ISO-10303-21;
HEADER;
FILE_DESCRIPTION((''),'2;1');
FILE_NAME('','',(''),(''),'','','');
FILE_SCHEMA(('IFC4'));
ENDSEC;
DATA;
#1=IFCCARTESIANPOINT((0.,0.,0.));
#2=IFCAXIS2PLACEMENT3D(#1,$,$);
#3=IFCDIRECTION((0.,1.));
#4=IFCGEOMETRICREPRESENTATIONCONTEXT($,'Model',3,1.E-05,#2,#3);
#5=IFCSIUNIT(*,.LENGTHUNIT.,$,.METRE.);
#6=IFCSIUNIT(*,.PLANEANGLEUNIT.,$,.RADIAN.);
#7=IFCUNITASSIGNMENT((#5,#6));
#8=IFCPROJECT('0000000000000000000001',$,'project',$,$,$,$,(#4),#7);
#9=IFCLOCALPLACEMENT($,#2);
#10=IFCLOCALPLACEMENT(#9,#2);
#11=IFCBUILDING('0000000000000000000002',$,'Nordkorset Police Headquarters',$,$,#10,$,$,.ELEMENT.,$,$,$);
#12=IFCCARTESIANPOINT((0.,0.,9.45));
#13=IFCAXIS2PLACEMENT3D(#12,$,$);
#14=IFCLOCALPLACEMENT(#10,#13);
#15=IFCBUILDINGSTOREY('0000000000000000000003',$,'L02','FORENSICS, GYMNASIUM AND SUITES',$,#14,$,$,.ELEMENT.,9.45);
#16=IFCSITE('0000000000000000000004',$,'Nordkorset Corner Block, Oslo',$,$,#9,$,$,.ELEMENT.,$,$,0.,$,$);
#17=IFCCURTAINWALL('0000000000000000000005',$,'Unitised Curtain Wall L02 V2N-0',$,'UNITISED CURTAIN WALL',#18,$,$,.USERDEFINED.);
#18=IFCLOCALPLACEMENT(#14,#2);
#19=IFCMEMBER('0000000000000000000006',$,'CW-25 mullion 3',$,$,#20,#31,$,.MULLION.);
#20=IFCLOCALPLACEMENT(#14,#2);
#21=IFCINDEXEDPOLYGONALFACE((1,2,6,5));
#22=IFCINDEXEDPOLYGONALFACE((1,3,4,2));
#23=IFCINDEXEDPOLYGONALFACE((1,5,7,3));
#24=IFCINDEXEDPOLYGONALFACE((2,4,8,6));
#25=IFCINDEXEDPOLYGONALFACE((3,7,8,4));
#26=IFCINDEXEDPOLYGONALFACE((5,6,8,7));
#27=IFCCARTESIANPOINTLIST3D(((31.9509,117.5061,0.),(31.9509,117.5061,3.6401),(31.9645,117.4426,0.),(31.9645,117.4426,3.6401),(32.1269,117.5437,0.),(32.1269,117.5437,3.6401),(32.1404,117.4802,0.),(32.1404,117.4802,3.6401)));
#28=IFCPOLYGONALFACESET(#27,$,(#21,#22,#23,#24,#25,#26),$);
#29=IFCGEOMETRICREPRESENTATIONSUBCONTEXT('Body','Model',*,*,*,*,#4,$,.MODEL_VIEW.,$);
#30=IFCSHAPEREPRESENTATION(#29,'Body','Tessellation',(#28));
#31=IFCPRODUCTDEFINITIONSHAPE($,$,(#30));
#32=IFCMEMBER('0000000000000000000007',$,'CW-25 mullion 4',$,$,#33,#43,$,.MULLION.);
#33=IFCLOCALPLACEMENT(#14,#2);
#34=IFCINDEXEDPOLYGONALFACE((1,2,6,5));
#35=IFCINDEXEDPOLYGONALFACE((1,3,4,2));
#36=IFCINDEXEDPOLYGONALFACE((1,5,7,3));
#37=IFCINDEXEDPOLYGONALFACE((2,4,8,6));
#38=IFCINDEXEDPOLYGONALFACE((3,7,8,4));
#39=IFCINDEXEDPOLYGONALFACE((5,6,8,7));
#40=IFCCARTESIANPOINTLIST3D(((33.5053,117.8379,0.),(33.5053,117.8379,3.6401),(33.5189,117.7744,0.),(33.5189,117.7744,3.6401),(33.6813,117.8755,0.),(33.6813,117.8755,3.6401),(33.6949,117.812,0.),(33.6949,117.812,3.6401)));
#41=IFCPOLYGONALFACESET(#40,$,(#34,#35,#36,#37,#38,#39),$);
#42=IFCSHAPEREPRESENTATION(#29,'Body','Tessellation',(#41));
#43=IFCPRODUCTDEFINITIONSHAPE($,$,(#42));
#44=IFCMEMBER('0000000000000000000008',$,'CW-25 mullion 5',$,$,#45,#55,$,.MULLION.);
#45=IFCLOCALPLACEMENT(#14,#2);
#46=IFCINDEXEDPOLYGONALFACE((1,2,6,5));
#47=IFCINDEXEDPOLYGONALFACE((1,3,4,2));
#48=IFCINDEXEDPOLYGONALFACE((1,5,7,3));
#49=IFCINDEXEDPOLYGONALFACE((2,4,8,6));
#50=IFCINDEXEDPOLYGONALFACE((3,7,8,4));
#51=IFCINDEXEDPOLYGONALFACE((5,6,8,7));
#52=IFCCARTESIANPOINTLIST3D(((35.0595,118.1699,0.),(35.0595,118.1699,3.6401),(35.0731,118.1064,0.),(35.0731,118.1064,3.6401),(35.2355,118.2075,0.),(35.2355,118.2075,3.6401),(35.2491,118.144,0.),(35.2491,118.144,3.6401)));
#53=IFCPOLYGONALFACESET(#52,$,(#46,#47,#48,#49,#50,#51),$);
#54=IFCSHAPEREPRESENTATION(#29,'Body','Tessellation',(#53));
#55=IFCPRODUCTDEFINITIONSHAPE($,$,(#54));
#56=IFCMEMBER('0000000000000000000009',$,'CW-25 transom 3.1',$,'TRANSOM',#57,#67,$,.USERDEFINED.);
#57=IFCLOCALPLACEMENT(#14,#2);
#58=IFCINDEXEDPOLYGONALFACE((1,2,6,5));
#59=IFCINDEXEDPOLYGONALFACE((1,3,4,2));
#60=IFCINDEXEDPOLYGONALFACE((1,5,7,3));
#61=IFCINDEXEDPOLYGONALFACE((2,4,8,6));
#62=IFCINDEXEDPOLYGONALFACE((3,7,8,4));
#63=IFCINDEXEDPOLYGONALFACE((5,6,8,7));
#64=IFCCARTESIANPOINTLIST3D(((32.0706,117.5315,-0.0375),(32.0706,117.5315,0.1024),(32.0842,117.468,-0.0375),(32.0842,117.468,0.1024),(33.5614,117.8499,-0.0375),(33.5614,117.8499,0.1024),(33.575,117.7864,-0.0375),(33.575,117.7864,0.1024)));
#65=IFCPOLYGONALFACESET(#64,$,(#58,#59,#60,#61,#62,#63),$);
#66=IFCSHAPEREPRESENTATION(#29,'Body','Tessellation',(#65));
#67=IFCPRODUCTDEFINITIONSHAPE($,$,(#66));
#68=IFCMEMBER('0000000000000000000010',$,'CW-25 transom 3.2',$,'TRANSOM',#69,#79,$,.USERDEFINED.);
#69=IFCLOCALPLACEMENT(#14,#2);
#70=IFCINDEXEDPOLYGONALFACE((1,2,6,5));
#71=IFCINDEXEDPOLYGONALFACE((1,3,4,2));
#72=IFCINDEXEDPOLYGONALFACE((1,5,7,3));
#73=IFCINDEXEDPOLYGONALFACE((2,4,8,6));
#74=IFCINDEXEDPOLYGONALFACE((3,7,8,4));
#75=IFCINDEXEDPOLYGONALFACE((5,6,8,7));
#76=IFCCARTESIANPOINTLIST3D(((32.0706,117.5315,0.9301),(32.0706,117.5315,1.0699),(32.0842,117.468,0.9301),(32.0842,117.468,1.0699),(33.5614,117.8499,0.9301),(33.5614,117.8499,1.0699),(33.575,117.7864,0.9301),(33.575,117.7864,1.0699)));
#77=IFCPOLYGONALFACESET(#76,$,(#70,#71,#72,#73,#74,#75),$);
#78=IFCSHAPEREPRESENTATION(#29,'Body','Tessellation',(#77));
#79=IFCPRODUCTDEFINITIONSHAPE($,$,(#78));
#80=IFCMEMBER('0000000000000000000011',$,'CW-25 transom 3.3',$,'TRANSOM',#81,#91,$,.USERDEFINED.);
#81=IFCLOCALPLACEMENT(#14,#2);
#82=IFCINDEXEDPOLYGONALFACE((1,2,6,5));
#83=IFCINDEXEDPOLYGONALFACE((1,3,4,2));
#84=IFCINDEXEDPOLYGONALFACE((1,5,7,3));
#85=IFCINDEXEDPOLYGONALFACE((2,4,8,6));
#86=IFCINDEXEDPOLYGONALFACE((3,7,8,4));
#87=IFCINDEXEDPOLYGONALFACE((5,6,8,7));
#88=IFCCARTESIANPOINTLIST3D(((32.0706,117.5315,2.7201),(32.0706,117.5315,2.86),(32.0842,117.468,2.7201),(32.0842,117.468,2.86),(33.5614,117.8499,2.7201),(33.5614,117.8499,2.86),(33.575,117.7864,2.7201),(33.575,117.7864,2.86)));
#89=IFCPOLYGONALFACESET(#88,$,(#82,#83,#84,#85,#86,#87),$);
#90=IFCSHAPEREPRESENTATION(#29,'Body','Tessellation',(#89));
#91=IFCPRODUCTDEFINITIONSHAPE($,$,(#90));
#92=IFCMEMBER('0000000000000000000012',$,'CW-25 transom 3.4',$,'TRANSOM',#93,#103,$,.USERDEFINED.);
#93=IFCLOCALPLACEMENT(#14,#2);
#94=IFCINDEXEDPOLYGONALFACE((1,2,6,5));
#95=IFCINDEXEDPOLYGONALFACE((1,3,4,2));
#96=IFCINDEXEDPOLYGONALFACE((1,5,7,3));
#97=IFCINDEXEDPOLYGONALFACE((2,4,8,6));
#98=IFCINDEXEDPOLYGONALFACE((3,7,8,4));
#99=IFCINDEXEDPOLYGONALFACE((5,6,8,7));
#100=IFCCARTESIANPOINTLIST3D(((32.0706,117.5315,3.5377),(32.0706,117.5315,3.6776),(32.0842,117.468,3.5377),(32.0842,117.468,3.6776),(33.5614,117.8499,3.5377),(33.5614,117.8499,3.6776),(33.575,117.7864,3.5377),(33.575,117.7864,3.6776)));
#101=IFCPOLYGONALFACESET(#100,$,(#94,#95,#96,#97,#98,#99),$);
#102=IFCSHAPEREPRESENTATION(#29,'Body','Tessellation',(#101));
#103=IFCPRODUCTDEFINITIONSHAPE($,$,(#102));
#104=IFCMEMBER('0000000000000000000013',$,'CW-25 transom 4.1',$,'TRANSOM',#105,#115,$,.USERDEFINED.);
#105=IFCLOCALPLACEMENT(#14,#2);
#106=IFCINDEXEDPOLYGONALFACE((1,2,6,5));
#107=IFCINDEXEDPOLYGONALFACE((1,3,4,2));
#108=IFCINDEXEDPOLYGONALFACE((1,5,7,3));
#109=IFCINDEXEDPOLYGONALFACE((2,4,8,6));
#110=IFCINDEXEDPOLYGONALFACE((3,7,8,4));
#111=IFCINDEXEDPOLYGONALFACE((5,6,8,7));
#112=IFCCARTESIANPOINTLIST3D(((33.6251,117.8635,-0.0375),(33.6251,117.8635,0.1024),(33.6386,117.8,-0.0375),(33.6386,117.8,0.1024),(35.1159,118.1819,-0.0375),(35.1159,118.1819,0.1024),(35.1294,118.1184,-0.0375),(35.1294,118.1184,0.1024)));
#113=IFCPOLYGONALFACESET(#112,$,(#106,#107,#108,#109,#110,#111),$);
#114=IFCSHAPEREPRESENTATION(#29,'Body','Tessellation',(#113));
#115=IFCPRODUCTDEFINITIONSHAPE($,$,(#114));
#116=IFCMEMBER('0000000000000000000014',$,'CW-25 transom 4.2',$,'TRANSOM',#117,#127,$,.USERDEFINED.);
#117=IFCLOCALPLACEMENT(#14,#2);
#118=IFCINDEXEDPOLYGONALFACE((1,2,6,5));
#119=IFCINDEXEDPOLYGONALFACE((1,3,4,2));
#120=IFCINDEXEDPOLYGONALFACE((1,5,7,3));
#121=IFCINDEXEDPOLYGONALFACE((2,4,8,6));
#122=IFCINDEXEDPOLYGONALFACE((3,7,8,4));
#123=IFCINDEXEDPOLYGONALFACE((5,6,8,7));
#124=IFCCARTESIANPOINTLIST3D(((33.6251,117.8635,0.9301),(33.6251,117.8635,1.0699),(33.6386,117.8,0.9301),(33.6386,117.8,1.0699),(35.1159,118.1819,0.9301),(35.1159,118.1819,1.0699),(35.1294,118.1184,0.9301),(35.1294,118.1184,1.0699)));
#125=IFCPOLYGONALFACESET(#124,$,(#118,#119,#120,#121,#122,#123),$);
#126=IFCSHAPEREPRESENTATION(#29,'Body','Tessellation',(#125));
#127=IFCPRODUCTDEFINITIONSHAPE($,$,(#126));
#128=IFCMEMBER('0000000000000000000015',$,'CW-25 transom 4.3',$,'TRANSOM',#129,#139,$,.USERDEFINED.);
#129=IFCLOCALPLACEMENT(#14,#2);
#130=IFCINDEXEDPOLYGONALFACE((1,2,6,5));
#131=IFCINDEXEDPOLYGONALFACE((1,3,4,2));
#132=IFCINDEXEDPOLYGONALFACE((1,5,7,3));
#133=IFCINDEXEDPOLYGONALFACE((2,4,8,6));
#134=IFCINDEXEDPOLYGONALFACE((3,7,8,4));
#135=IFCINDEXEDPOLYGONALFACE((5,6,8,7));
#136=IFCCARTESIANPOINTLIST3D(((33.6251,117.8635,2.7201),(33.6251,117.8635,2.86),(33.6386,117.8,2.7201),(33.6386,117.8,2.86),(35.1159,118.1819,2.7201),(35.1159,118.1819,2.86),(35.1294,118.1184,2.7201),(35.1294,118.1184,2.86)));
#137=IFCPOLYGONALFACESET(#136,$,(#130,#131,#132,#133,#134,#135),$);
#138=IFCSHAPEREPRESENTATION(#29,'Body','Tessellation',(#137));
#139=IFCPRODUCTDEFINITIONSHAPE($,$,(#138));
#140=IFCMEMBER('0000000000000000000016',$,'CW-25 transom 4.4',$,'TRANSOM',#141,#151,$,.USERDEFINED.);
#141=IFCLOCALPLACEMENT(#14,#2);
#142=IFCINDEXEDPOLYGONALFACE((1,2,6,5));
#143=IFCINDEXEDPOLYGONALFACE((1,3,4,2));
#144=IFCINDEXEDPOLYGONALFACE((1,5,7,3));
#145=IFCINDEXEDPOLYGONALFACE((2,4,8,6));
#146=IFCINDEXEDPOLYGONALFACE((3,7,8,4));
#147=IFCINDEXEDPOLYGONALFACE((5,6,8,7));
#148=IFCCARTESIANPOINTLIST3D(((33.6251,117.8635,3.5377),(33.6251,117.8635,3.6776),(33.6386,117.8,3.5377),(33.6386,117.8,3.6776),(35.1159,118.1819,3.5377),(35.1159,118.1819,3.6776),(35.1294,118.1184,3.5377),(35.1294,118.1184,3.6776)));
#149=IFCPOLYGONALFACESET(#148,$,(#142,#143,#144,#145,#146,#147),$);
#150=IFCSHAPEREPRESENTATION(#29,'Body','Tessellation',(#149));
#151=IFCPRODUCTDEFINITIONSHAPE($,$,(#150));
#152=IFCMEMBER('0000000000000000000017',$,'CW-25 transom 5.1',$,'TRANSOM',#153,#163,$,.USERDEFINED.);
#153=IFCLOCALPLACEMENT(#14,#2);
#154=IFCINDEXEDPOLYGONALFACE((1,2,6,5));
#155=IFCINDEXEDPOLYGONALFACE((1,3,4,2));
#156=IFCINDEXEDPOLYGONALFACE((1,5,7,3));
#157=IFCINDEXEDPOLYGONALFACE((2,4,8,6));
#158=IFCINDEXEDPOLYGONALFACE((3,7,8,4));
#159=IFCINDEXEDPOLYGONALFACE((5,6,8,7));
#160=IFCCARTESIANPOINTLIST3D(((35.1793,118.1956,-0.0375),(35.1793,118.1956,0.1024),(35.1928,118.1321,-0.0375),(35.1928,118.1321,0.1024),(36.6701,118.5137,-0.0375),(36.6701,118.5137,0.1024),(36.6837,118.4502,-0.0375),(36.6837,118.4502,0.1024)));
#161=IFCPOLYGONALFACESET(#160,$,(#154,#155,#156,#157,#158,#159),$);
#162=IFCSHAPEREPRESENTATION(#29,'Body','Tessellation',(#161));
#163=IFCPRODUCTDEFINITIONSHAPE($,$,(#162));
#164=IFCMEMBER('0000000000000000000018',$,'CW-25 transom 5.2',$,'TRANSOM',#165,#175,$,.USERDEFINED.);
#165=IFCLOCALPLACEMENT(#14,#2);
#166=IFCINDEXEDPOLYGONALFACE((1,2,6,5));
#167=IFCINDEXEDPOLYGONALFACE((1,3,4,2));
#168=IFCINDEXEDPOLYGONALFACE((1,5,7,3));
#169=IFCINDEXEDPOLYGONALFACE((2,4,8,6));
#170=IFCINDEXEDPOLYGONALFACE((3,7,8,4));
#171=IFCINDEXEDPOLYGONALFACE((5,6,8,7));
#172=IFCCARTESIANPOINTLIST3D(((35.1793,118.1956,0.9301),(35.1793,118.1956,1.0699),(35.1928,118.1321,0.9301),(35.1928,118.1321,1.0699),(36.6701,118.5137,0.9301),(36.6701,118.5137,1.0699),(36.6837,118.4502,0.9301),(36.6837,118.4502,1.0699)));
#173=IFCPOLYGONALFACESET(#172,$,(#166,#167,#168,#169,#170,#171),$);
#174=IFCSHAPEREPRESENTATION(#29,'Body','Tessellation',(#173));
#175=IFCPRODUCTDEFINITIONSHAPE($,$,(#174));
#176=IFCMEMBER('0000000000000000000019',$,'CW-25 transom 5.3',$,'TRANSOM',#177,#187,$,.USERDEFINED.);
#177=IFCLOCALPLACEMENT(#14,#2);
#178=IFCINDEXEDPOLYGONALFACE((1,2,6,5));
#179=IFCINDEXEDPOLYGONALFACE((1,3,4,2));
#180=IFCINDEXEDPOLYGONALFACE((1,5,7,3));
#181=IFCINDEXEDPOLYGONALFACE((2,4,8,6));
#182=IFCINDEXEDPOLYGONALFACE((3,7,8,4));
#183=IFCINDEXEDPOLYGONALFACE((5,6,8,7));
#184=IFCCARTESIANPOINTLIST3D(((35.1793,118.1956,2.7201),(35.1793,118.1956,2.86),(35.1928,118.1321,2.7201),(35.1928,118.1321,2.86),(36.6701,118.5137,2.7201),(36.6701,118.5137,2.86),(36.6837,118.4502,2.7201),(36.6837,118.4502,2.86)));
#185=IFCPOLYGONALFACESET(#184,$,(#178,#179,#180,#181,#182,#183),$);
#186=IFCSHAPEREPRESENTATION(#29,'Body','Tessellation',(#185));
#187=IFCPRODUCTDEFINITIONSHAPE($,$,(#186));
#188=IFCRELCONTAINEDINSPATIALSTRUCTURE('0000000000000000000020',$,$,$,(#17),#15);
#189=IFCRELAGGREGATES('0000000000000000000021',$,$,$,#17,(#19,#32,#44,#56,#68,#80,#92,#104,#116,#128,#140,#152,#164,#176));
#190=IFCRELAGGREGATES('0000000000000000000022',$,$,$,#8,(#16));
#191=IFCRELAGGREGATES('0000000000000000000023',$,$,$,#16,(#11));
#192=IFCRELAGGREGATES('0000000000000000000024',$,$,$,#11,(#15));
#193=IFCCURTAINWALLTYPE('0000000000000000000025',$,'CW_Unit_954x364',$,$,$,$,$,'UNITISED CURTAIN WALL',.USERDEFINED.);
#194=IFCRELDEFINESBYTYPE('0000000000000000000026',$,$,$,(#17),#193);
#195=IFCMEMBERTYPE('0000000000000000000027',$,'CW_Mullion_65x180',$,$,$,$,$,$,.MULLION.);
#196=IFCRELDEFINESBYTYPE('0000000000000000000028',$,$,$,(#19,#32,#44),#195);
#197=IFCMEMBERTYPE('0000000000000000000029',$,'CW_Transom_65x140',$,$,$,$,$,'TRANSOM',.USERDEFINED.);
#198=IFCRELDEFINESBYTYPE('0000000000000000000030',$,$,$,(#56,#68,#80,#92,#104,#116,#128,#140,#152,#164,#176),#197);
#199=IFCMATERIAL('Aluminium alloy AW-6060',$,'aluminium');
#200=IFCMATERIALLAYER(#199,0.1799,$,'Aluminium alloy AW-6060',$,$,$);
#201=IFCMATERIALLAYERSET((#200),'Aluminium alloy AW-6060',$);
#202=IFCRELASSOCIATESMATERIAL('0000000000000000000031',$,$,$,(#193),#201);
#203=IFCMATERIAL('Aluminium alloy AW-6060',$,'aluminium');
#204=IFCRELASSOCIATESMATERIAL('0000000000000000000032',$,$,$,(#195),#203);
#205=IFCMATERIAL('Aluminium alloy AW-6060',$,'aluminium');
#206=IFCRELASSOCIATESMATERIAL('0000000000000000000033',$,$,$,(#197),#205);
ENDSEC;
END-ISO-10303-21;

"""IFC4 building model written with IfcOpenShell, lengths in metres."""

from ifc_helpers import new_model, si_unit, direction, frame, origin, origin_2d, place, context, subcontext, project, spatial, rectangle, extrude, material, layer, layer_set, material_profile, profile_set, type_object, element, aggregate, save


model = new_model("IFC4")

# Units and contexts
model_context = context("Model", 3, precision=1e-05, world=origin(), true_north=direction((0.0, 1.0)))
body_context = subcontext(model_context, "Body", "Model", "MODEL_VIEW")
ifc_project = project(units=[si_unit("LENGTHUNIT", "METRE"), si_unit("PLANEANGLEUNIT", "RADIAN")], contexts=[model_context])

# Site, building, storey
site_placement = place(None, origin())
site = spatial("IfcSite", under=ifc_project, at=site_placement, Name="Nordkorset Corner Block, Oslo", CompositionType="ELEMENT", RefElevation=0.0)
building_placement = place(site_placement, origin())
building = spatial("IfcBuilding", under=site, at=building_placement, Name="Nordkorset Police Headquarters", CompositionType="ELEMENT")
storey_placement = place(building_placement, frame((0.0, 0.0, 9.45)))
storey = spatial("IfcBuildingStorey", under=building, at=storey_placement, Name="L02", Description="FORENSICS, GYMNASIUM AND SUITES", CompositionType="ELEMENT", Elevation=9.45)

# Curtain wall, members
ifc_material_1 = material(Name="Aluminium alloy AW-6060", Category="aluminium")
ifc_layer_1 = layer(ifc_material_1, 0.1799, Name="Aluminium alloy AW-6060")
ifc_layer_set_1 = layer_set([ifc_layer_1], Name="Aluminium alloy AW-6060")
curtain_wall_type = type_object("IfcCurtainWallType", Name="CW_Unit_954x364", ElementType="UNITISED CURTAIN WALL", PredefinedType="USERDEFINED", material=ifc_layer_set_1)
curtain_wall_placement = place(storey_placement, origin())
curtain_wall = element("IfcCurtainWall", 1, at=curtain_wall_placement, inside=storey, type_object=curtain_wall_type, Name="Unitised Curtain Wall L02 V2N-0", ObjectType="UNITISED CURTAIN WALL", PredefinedType="USERDEFINED")
ifc_material_2 = material(Name="Aluminium alloy AW-6060", Category="aluminium")
ifc_material_profile_1 = material_profile(ifc_material_2, rectangle(XDim=0.0649, YDim=0.1799, at=origin_2d()), Name="ALU MULL 65x180")
ifc_profile_set_1 = profile_set([ifc_material_profile_1], Name="Aluminium alloy AW-6060")
member_type_1 = type_object("IfcMemberType", Name="CW_Mullion_65x180", PredefinedType="MULLION", material=ifc_profile_set_1)
member_1_placement = place(storey_placement, frame((32.0457, 117.4932, 0.0), z_axis=(0.0, 0.0, 1.0), x_axis=(-0.208833, 0.977951, 0.0)))
member_1 = element("IfcMember", 2, at=member_1_placement, type_object=member_type_1, Name="CW-25 mullion 3", PredefinedType="MULLION", context=body_context, shape_type="SweptSolid", body=[
    extrude(rectangle(XDim=0.0649, YDim=0.1799, at=origin_2d()), origin(), (0.0, 0.0, 1.0), 3.6401),
])
member_2_placement = place(storey_placement, frame((33.6001, 117.825, 0.0), z_axis=(0.0, 0.0, 1.0), x_axis=(-0.208833, 0.977951, 0.0)))
member_2 = element("IfcMember", 3, at=member_2_placement, type_object=member_type_1, Name="CW-25 mullion 4", PredefinedType="MULLION", context=body_context, shape_type="SweptSolid", body=[
    extrude(rectangle(XDim=0.0649, YDim=0.1799, at=origin_2d()), origin(), (0.0, 0.0, 1.0), 3.6401),
])
member_3_placement = place(storey_placement, frame((35.1543, 118.157, 0.0), z_axis=(0.0, 0.0, 1.0), x_axis=(-0.208833, 0.977951, 0.0)))
member_3 = element("IfcMember", 4, at=member_3_placement, type_object=member_type_1, Name="CW-25 mullion 5", PredefinedType="MULLION", context=body_context, shape_type="SweptSolid", body=[
    extrude(rectangle(XDim=0.0649, YDim=0.1799, at=origin_2d()), origin(), (0.0, 0.0, 1.0), 3.6401),
])
ifc_material_3 = material(Name="Aluminium alloy AW-6060", Category="aluminium")
ifc_material_profile_2 = material_profile(ifc_material_3, rectangle(XDim=0.0649, YDim=0.1399, at=origin_2d()), Name="ALU TRAN 65x140")
ifc_profile_set_2 = profile_set([ifc_material_profile_2], Name="Aluminium alloy AW-6060")
member_type_2 = type_object("IfcMemberType", Name="CW_Transom_65x140", ElementType="TRANSOM", PredefinedType="USERDEFINED", material=ifc_profile_set_2)
member_4_placement = place(storey_placement, frame((32.0774, 117.4998, 0.0325), z_axis=(0.977947, 0.208851, 0.0), x_axis=(-0.208851, 0.977947, 0.0)))
member_4 = element("IfcMember", 5, at=member_4_placement, type_object=member_type_2, Name="CW-25 transom 3.1", ObjectType="TRANSOM", PredefinedType="USERDEFINED", context=body_context, shape_type="SweptSolid", body=[
    extrude(rectangle(XDim=0.0649, YDim=0.1399, at=origin_2d()), origin(), (0.0, 0.0, 1.0), 1.5244),
])
member_5_placement = place(storey_placement, frame((32.0774, 117.4998, 1.0), z_axis=(0.977947, 0.208851, 0.0), x_axis=(-0.208851, 0.977947, 0.0)))
member_5 = element("IfcMember", 6, at=member_5_placement, type_object=member_type_2, Name="CW-25 transom 3.2", ObjectType="TRANSOM", PredefinedType="USERDEFINED", context=body_context, shape_type="SweptSolid", body=[
    extrude(rectangle(XDim=0.0649, YDim=0.1399, at=origin_2d()), origin(), (0.0, 0.0, 1.0), 1.5244),
])
member_6_placement = place(storey_placement, frame((32.0774, 117.4998, 2.79), z_axis=(0.977947, 0.208851, 0.0), x_axis=(-0.208851, 0.977947, 0.0)))
member_6 = element("IfcMember", 7, at=member_6_placement, type_object=member_type_2, Name="CW-25 transom 3.3", ObjectType="TRANSOM", PredefinedType="USERDEFINED", context=body_context, shape_type="SweptSolid", body=[
    extrude(rectangle(XDim=0.0649, YDim=0.1399, at=origin_2d()), origin(), (0.0, 0.0, 1.0), 1.5244),
])
member_7_placement = place(storey_placement, frame((32.0774, 117.4998, 3.6077), z_axis=(0.977947, 0.208851, 0.0), x_axis=(-0.208851, 0.977947, 0.0)))
member_7 = element("IfcMember", 8, at=member_7_placement, type_object=member_type_2, Name="CW-25 transom 3.4", ObjectType="TRANSOM", PredefinedType="USERDEFINED", context=body_context, shape_type="SweptSolid", body=[
    extrude(rectangle(XDim=0.0649, YDim=0.1399, at=origin_2d()), origin(), (0.0, 0.0, 1.0), 1.5244),
])
member_8_placement = place(storey_placement, frame((33.6318, 117.8318, 0.0325), z_axis=(0.977947, 0.208851, 0.0), x_axis=(-0.208851, 0.977947, 0.0)))
member_8 = element("IfcMember", 9, at=member_8_placement, type_object=member_type_2, Name="CW-25 transom 4.1", ObjectType="TRANSOM", PredefinedType="USERDEFINED", context=body_context, shape_type="SweptSolid", body=[
    extrude(rectangle(XDim=0.0649, YDim=0.1399, at=origin_2d()), origin(), (0.0, 0.0, 1.0), 1.5244),
])
member_9_placement = place(storey_placement, frame((33.6318, 117.8318, 1.0), z_axis=(0.977947, 0.208851, 0.0), x_axis=(-0.208851, 0.977947, 0.0)))
member_9 = element("IfcMember", 10, at=member_9_placement, type_object=member_type_2, Name="CW-25 transom 4.2", ObjectType="TRANSOM", PredefinedType="USERDEFINED", context=body_context, shape_type="SweptSolid", body=[
    extrude(rectangle(XDim=0.0649, YDim=0.1399, at=origin_2d()), origin(), (0.0, 0.0, 1.0), 1.5244),
])
member_10_placement = place(storey_placement, frame((33.6318, 117.8318, 2.79), z_axis=(0.977947, 0.208851, 0.0), x_axis=(-0.208851, 0.977947, 0.0)))
member_10 = element("IfcMember", 11, at=member_10_placement, type_object=member_type_2, Name="CW-25 transom 4.3", ObjectType="TRANSOM", PredefinedType="USERDEFINED", context=body_context, shape_type="SweptSolid", body=[
    extrude(rectangle(XDim=0.0649, YDim=0.1399, at=origin_2d()), origin(), (0.0, 0.0, 1.0), 1.5244),
])
member_11_placement = place(storey_placement, frame((33.6318, 117.8318, 3.6077), z_axis=(0.977947, 0.208851, 0.0), x_axis=(-0.208851, 0.977947, 0.0)))
member_11 = element("IfcMember", 12, at=member_11_placement, type_object=member_type_2, Name="CW-25 transom 4.4", ObjectType="TRANSOM", PredefinedType="USERDEFINED", context=body_context, shape_type="SweptSolid", body=[
    extrude(rectangle(XDim=0.0649, YDim=0.1399, at=origin_2d()), origin(), (0.0, 0.0, 1.0), 1.5244),
])
member_12_placement = place(storey_placement, frame((35.186, 118.1638, 0.0325), z_axis=(0.977987, 0.208665, 0.0), x_axis=(-0.208665, 0.977987, 0.0)))
member_12 = element("IfcMember", 13, at=member_12_placement, type_object=member_type_2, Name="CW-25 transom 5.1", ObjectType="TRANSOM", PredefinedType="USERDEFINED", context=body_context, shape_type="SweptSolid", body=[
    extrude(rectangle(XDim=0.0649, YDim=0.1399, at=origin_2d()), origin(), (0.0, 0.0, 1.0), 1.5244),
])
member_13_placement = place(storey_placement, frame((35.186, 118.1638, 1.0), z_axis=(0.977987, 0.208665, 0.0), x_axis=(-0.208665, 0.977987, 0.0)))
member_13 = element("IfcMember", 14, at=member_13_placement, type_object=member_type_2, Name="CW-25 transom 5.2", ObjectType="TRANSOM", PredefinedType="USERDEFINED", context=body_context, shape_type="SweptSolid", body=[
    extrude(rectangle(XDim=0.0649, YDim=0.1399, at=origin_2d()), origin(), (0.0, 0.0, 1.0), 1.5244),
])
member_14_placement = place(storey_placement, frame((35.186, 118.1638, 2.79), z_axis=(0.977987, 0.208665, 0.0), x_axis=(-0.208665, 0.977987, 0.0)))
member_14 = element("IfcMember", 15, at=member_14_placement, type_object=member_type_2, Name="CW-25 transom 5.3", ObjectType="TRANSOM", PredefinedType="USERDEFINED", context=body_context, shape_type="SweptSolid", body=[
    extrude(rectangle(XDim=0.0649, YDim=0.1399, at=origin_2d()), origin(), (0.0, 0.0, 1.0), 1.5244),
])
aggregate(curtain_wall, [member_1, member_2, member_3, member_4, member_5, member_6, member_7, member_8, member_9, member_10, member_11, member_12, member_13, member_14])

save(model, "model.ifc")
